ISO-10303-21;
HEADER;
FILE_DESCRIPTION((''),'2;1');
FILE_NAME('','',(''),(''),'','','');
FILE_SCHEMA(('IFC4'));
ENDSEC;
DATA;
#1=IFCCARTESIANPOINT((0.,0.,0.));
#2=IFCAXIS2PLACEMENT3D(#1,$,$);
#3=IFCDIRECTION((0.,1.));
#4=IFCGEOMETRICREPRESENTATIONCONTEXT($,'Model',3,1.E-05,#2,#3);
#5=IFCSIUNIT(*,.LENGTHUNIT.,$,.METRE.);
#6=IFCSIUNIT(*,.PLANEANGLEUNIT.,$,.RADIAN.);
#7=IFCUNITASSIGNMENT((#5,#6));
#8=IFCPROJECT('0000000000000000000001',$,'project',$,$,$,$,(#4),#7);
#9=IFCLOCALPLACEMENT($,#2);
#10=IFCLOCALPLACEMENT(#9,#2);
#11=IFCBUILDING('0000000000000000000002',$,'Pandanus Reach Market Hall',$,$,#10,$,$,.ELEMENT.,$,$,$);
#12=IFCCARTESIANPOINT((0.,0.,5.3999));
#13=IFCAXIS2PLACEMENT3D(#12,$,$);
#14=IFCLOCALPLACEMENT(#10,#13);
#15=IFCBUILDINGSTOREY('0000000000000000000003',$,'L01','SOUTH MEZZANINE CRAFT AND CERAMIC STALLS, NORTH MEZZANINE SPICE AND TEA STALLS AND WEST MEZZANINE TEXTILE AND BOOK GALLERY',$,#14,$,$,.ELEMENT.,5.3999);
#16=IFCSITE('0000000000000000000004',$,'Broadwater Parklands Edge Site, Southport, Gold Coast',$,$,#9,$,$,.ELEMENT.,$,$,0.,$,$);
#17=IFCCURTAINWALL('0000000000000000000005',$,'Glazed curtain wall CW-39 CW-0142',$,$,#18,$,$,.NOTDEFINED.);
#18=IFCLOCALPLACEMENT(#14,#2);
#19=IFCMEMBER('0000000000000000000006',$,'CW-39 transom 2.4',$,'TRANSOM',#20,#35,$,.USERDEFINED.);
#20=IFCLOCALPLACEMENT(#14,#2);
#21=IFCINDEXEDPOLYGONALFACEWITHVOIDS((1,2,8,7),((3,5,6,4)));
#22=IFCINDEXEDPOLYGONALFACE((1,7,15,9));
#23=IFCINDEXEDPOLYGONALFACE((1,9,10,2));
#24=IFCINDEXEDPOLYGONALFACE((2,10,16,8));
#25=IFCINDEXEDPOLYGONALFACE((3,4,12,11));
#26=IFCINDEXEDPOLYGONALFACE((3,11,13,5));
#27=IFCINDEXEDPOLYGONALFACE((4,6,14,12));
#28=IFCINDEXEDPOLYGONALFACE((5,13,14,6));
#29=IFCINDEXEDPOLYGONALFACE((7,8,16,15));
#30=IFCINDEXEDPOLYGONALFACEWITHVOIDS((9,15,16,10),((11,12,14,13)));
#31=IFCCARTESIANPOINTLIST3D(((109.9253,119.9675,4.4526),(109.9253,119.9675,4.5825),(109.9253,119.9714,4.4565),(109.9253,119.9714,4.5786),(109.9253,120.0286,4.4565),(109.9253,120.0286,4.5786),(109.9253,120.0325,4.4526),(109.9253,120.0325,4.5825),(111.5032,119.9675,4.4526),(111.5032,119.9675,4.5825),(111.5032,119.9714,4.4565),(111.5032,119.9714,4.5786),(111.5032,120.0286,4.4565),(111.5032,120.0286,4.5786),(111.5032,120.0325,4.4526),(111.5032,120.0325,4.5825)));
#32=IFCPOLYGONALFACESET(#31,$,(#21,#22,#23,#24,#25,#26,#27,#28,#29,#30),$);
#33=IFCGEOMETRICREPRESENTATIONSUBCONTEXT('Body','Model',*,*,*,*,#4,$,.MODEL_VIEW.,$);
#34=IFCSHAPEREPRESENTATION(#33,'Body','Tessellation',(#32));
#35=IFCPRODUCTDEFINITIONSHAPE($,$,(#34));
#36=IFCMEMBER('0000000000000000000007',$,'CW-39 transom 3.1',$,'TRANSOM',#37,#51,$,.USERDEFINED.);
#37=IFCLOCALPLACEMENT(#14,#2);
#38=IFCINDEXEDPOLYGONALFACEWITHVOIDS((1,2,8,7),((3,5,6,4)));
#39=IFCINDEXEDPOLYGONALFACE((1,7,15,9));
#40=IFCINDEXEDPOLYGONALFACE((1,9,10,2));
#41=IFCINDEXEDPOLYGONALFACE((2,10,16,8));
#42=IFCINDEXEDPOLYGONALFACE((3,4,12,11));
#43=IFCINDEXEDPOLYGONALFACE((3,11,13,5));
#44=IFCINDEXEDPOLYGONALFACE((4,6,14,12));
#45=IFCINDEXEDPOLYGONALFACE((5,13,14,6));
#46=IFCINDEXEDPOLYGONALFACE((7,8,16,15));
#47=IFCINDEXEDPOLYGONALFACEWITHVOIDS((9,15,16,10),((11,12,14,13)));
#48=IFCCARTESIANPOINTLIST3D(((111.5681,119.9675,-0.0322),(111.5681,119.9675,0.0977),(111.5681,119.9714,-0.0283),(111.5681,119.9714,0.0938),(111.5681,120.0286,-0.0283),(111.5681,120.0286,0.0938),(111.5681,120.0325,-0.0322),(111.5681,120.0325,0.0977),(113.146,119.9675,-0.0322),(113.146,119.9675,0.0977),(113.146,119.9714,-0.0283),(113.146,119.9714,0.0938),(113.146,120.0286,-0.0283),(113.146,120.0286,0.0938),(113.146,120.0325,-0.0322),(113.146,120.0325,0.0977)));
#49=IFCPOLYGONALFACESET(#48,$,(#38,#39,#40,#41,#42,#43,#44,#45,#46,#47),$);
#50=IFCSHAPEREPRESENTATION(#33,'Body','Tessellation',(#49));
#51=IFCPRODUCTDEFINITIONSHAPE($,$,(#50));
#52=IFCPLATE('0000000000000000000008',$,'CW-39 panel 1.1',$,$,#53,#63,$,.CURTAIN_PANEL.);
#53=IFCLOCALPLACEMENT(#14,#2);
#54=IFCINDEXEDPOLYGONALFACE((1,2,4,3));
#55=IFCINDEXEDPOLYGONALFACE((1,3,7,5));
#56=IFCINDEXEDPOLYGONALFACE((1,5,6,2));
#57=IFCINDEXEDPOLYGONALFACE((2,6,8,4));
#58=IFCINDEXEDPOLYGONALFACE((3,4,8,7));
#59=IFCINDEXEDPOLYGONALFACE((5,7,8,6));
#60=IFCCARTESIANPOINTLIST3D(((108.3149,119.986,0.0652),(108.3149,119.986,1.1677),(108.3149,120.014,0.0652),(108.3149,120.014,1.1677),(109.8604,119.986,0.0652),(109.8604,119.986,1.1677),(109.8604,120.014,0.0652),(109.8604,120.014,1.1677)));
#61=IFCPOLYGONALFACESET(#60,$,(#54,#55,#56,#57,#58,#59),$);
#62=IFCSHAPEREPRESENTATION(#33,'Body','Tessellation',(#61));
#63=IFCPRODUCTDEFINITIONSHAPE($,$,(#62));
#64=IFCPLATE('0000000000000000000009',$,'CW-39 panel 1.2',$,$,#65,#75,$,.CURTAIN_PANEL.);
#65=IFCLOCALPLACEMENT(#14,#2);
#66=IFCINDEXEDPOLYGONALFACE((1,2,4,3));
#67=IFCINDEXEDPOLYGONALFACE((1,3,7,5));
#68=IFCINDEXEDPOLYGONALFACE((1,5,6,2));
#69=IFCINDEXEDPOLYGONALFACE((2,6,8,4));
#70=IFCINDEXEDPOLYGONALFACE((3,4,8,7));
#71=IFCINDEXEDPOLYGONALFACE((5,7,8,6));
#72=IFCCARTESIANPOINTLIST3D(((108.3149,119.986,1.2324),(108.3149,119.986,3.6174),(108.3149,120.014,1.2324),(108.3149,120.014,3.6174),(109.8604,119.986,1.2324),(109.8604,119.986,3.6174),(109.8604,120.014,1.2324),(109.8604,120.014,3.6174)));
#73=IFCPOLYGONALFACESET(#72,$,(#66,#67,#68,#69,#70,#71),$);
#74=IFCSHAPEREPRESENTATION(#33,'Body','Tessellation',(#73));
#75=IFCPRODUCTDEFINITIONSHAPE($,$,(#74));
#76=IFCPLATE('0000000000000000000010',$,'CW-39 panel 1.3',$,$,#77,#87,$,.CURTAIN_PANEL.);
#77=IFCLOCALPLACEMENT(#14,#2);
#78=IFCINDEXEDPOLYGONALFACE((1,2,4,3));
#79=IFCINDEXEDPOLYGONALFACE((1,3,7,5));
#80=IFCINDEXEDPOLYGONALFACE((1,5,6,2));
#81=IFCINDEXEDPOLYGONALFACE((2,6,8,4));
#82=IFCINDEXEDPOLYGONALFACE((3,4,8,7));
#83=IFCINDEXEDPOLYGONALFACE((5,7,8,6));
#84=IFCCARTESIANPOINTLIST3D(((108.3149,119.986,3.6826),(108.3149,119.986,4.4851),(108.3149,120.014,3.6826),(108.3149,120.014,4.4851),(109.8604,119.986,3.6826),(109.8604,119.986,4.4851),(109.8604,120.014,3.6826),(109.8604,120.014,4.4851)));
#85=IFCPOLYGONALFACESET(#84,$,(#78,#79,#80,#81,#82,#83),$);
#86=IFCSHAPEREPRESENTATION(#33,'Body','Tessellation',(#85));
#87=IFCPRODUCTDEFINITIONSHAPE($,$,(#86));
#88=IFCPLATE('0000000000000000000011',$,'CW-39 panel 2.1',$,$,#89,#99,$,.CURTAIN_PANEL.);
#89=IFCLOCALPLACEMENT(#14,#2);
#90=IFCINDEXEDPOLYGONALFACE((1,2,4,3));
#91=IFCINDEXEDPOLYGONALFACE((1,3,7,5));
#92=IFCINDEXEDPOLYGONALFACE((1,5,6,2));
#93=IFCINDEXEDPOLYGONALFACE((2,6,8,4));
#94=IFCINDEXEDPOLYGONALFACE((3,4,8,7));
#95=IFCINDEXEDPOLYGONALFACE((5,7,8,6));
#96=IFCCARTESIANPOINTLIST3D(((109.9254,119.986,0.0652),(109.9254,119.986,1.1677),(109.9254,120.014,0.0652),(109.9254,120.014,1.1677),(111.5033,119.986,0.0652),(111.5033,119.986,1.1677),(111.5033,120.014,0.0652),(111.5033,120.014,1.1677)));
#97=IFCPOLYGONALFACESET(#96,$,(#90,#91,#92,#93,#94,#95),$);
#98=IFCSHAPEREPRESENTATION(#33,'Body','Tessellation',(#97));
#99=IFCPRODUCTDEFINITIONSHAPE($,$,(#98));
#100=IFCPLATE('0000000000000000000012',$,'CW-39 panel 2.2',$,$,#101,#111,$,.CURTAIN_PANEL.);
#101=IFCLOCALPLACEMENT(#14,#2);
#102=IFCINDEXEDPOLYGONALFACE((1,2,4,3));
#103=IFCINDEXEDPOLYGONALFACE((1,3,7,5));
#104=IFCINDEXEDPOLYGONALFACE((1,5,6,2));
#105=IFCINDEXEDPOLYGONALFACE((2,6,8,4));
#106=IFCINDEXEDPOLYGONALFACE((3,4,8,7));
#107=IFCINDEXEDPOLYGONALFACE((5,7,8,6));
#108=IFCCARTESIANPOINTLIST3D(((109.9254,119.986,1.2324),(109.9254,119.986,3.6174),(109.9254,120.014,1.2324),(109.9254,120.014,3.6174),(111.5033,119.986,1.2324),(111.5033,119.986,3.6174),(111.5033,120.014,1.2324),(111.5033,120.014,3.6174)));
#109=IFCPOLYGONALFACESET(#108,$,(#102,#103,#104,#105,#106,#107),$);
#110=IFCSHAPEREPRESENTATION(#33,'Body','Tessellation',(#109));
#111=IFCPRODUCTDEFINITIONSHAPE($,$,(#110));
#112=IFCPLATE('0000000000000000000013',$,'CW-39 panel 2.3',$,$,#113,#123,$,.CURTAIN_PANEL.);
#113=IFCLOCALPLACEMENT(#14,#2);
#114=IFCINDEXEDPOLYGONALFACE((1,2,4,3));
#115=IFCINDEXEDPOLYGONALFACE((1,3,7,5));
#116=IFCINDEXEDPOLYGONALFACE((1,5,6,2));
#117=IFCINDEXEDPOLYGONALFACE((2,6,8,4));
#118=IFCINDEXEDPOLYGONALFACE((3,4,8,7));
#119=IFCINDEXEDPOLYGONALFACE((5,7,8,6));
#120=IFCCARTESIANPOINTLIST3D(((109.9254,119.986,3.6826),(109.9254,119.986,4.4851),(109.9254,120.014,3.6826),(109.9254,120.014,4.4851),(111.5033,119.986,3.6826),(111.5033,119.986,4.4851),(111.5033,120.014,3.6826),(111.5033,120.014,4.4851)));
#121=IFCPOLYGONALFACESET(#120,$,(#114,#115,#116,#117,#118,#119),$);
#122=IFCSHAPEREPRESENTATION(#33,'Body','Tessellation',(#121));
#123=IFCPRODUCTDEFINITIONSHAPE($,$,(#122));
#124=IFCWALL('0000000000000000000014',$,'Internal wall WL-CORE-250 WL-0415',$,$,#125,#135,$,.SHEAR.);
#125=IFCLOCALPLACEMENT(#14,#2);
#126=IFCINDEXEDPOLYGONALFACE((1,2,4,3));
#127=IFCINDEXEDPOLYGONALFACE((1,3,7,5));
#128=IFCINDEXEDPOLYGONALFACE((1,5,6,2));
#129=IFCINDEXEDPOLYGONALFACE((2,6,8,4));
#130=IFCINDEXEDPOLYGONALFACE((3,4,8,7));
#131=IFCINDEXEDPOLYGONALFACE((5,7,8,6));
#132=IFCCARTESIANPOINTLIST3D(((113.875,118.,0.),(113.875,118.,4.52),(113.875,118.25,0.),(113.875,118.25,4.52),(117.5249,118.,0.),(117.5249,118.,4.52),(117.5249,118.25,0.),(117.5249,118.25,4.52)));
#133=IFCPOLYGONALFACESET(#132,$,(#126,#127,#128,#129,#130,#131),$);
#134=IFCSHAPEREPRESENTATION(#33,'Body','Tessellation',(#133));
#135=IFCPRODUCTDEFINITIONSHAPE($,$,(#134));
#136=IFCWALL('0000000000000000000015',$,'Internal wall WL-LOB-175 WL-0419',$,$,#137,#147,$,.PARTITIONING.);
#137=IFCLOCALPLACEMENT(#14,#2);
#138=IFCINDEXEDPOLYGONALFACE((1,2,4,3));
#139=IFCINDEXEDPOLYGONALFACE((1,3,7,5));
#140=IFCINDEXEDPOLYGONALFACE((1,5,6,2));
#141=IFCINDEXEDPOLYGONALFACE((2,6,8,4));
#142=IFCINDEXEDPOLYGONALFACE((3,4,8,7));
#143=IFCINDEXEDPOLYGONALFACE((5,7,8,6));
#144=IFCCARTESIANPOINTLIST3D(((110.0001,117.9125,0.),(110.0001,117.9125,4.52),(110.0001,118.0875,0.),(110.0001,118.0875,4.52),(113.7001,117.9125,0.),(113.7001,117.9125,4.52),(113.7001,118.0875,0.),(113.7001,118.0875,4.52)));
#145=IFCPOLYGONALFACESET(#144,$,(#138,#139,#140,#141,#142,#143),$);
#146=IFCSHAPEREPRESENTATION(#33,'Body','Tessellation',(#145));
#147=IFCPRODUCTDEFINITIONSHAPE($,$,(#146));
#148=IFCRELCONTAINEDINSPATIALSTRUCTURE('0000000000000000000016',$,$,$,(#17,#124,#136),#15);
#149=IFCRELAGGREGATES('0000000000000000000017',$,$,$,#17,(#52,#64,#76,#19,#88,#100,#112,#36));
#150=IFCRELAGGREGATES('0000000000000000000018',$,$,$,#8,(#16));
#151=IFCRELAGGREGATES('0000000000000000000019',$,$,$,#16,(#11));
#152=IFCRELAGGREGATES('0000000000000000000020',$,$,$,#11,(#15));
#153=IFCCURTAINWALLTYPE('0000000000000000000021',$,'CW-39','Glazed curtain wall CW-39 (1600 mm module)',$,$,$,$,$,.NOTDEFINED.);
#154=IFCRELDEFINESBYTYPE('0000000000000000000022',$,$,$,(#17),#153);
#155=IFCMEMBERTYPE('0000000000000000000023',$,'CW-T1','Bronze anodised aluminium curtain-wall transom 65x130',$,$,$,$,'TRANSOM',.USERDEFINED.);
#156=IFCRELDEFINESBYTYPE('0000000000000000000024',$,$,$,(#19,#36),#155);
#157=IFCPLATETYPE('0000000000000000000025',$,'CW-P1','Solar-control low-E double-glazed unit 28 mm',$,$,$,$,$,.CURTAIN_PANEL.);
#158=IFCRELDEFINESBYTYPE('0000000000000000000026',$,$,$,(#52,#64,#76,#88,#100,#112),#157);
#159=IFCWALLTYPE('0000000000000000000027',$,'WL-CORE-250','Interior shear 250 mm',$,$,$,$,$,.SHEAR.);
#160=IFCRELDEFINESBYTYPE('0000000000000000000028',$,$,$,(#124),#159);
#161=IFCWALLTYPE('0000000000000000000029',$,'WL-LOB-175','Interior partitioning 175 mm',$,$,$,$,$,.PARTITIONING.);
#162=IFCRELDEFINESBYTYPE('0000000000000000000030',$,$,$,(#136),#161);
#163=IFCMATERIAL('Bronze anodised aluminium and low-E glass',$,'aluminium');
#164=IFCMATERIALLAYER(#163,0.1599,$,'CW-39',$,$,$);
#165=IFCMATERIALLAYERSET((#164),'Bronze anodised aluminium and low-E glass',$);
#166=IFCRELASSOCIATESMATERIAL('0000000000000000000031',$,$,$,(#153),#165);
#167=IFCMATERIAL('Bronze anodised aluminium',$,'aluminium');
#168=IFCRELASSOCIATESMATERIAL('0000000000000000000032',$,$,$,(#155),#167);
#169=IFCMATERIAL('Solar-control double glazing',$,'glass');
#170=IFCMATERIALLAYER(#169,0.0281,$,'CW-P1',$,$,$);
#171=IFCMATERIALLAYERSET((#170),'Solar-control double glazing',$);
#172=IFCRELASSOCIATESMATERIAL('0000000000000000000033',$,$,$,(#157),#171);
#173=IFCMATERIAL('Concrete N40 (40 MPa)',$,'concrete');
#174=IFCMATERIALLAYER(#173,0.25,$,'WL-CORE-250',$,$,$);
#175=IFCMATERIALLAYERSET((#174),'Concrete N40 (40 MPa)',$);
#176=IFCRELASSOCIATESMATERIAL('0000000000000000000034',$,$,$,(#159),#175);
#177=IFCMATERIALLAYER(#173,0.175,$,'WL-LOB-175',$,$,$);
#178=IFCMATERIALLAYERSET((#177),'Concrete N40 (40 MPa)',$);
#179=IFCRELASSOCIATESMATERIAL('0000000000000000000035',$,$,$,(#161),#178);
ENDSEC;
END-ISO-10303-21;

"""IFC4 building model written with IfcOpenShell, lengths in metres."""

from ifc_helpers import new_model, si_unit, direction, frame, frame_2d, origin, origin_2d, place, context, subcontext, project, spatial, rectangle, hollow_rectangle, extrude, material, layer, layer_set, material_profile, profile_set, type_object, element, aggregate, save


model = new_model("IFC4")

# Units and contexts
model_context = context("Model", 3, precision=1e-05, world=origin(), true_north=direction((0.0, 1.0)))
body_context = subcontext(model_context, "Body", "Model", "MODEL_VIEW")
ifc_project = project(units=[si_unit("LENGTHUNIT", "METRE"), si_unit("PLANEANGLEUNIT", "RADIAN")], contexts=[model_context])

# Site, building, storey
site_placement = place(None, origin())
site = spatial("IfcSite", under=ifc_project, at=site_placement, Name="Broadwater Parklands Edge Site, Southport, Gold Coast", CompositionType="ELEMENT", RefElevation=0.0)
building_placement = place(site_placement, origin())
building = spatial("IfcBuilding", under=site, at=building_placement, Name="Pandanus Reach Market Hall", CompositionType="ELEMENT")
storey_placement = place(building_placement, frame((0.0, 0.0, 5.3999)))
storey = spatial("IfcBuildingStorey", under=building, at=storey_placement, Name="L01", Description="SOUTH MEZZANINE CRAFT AND CERAMIC STALLS, NORTH MEZZANINE SPICE AND TEA STALLS AND WEST MEZZANINE TEXTILE AND BOOK GALLERY", CompositionType="ELEMENT", Elevation=5.3999)

# Shared definitions
ifc_material_1 = material(Name="Concrete N40 (40 MPa)", Category="concrete")

# Curtain wall, members, plates
ifc_material_2 = material(Name="Bronze anodised aluminium and low-E glass", Category="aluminium")
ifc_layer_1 = layer(ifc_material_2, 0.1599, Name="CW-39")
ifc_layer_set_1 = layer_set([ifc_layer_1], Name="Bronze anodised aluminium and low-E glass")
curtain_wall_type = type_object("IfcCurtainWallType", Name="CW-39", Description="Glazed curtain wall CW-39 (1600 mm module)", PredefinedType="NOTDEFINED", material=ifc_layer_set_1)
curtain_wall_placement = place(storey_placement, origin())
curtain_wall = element("IfcCurtainWall", 1, at=curtain_wall_placement, inside=storey, type_object=curtain_wall_type, Name="Glazed curtain wall CW-39 CW-0142", PredefinedType="NOTDEFINED")
ifc_material_3 = material(Name="Bronze anodised aluminium", Category="aluminium")
ifc_material_profile_1 = material_profile(ifc_material_3, hollow_rectangle(XDim=0.0649, YDim=0.1299, WallThickness=0.0039, at=origin_2d()), Name="ALU65x130", Category="LoadBearing")
ifc_profile_set_1 = profile_set([ifc_material_profile_1], Name="Bronze anodised aluminium")
member_type_1 = type_object("IfcMemberType", Name="CW-T1", Description="Bronze anodised aluminium curtain-wall transom 65x130", ElementType="TRANSOM", PredefinedType="USERDEFINED", material=ifc_profile_set_1)
member_1_placement = place(storey_placement, frame((109.9253, 120.0, 4.5176), z_axis=(1.0, 0.0, 0.0), x_axis=(0.0, 1.0, 0.0)))
member_1 = element("IfcMember", 2, at=member_1_placement, type_object=member_type_1, Name="CW-39 transom 2.4", ObjectType="TRANSOM", PredefinedType="USERDEFINED", context=body_context, shape_type="SweptSolid", body=[
    extrude(hollow_rectangle(XDim=0.0649, YDim=0.1299, WallThickness=0.0039, at=origin_2d()), origin(), (0.0, 0.0, 1.0), 1.5779),
])
member_2_placement = place(storey_placement, frame((111.5681, 120.0, 0.0327), z_axis=(1.0, 0.0, 0.0), x_axis=(0.0, 1.0, 0.0)))
member_2 = element("IfcMember", 3, at=member_2_placement, type_object=member_type_1, Name="CW-39 transom 3.1", ObjectType="TRANSOM", PredefinedType="USERDEFINED", context=body_context, shape_type="SweptSolid", body=[
    extrude(hollow_rectangle(XDim=0.0649, YDim=0.1299, WallThickness=0.0039, at=origin_2d()), origin(), (0.0, 0.0, 1.0), 1.5779),
])
ifc_material_4 = material(Name="Solar-control double glazing", Category="glass")
ifc_layer_2 = layer(ifc_material_4, 0.0281, Name="CW-P1")
ifc_layer_set_2 = layer_set([ifc_layer_2], Name="Solar-control double glazing")
plate_type = type_object("IfcPlateType", Name="CW-P1", Description="Solar-control low-E double-glazed unit 28 mm", PredefinedType="CURTAIN_PANEL", material=ifc_layer_set_2)
plate_1_placement = place(storey_placement, frame((109.0876, 120.0, 0.0652), z_axis=(0.0, 0.0, 1.0), x_axis=(1.0, 0.0, 0.0)))
plate_1 = element("IfcPlate", 4, at=plate_1_placement, type_object=plate_type, Name="CW-39 panel 1.1", PredefinedType="CURTAIN_PANEL", context=body_context, shape_type="SweptSolid", body=[
    extrude(rectangle(XDim=1.5454, YDim=0.0281, at=origin_2d()), origin(), (0.0, 0.0, 1.0), 1.1025),
])
plate_2_placement = place(storey_placement, frame((109.0876, 120.0, 1.2324), z_axis=(0.0, 0.0, 1.0), x_axis=(1.0, 0.0, 0.0)))
plate_2 = element("IfcPlate", 5, at=plate_2_placement, type_object=plate_type, Name="CW-39 panel 1.2", PredefinedType="CURTAIN_PANEL", context=body_context, shape_type="SweptSolid", body=[
    extrude(rectangle(XDim=1.5454, YDim=0.0281, at=origin_2d()), origin(), (0.0, 0.0, 1.0), 2.385),
])
plate_3_placement = place(storey_placement, frame((109.0876, 120.0, 3.6826), z_axis=(0.0, 0.0, 1.0), x_axis=(1.0, 0.0, 0.0)))
plate_3 = element("IfcPlate", 6, at=plate_3_placement, type_object=plate_type, Name="CW-39 panel 1.3", PredefinedType="CURTAIN_PANEL", context=body_context, shape_type="SweptSolid", body=[
    extrude(rectangle(XDim=1.5454, YDim=0.0281, at=origin_2d()), origin(), (0.0, 0.0, 1.0), 0.8025),
])
plate_4_placement = place(storey_placement, frame((110.7144, 120.0, 0.0652), z_axis=(0.0, 0.0, 1.0), x_axis=(1.0, 0.0, 0.0)))
plate_4 = element("IfcPlate", 7, at=plate_4_placement, type_object=plate_type, Name="CW-39 panel 2.1", PredefinedType="CURTAIN_PANEL", context=body_context, shape_type="SweptSolid", body=[
    extrude(rectangle(XDim=1.5779, YDim=0.0281, at=origin_2d()), origin(), (0.0, 0.0, 1.0), 1.1025),
])
plate_5_placement = place(storey_placement, frame((110.7144, 120.0, 1.2324), z_axis=(0.0, 0.0, 1.0), x_axis=(1.0, 0.0, 0.0)))
plate_5 = element("IfcPlate", 8, at=plate_5_placement, type_object=plate_type, Name="CW-39 panel 2.2", PredefinedType="CURTAIN_PANEL", context=body_context, shape_type="SweptSolid", body=[
    extrude(rectangle(XDim=1.5779, YDim=0.0281, at=origin_2d()), origin(), (0.0, 0.0, 1.0), 2.385),
])
plate_6_placement = place(storey_placement, frame((110.7144, 120.0, 3.6826), z_axis=(0.0, 0.0, 1.0), x_axis=(1.0, 0.0, 0.0)))
plate_6 = element("IfcPlate", 9, at=plate_6_placement, type_object=plate_type, Name="CW-39 panel 2.3", PredefinedType="CURTAIN_PANEL", context=body_context, shape_type="SweptSolid", body=[
    extrude(rectangle(XDim=1.5779, YDim=0.0281, at=origin_2d()), origin(), (0.0, 0.0, 1.0), 0.8025),
])
aggregate(curtain_wall, [plate_1, plate_2, plate_3, member_1, plate_4, plate_5, plate_6, member_2])

# Walls
ifc_layer_3 = layer(ifc_material_1, 0.25, Name="WL-CORE-250")
ifc_layer_set_3 = layer_set([ifc_layer_3], Name="Concrete N40 (40 MPa)")
wall_type_1 = type_object("IfcWallType", Name="WL-CORE-250", Description="Interior shear 250 mm", PredefinedType="SHEAR", material=ifc_layer_set_3)
wall_1_placement = place(storey_placement, frame((113.875, 118.125, 0.0), z_axis=(0.0, 0.0, 1.0), x_axis=(1.0, 0.0, 0.0)))
element("IfcWall", 10, at=wall_1_placement, inside=storey, type_object=wall_type_1, Name="Internal wall WL-CORE-250 WL-0415", PredefinedType="SHEAR", context=body_context, shape_type="SweptSolid", body=[
    extrude(rectangle(XDim=3.6499, YDim=0.25, at=frame_2d((1.825, 0.0))), origin(), (0.0, 0.0, 1.0), 4.52),
])
ifc_layer_4 = layer(ifc_material_1, 0.175, Name="WL-LOB-175")
ifc_layer_set_4 = layer_set([ifc_layer_4], Name="Concrete N40 (40 MPa)")
wall_type_2 = type_object("IfcWallType", Name="WL-LOB-175", Description="Interior partitioning 175 mm", PredefinedType="PARTITIONING", material=ifc_layer_set_4)
wall_2_placement = place(storey_placement, frame((110.0, 118.0, 0.0), z_axis=(0.0, 0.0, 1.0), x_axis=(1.0, 0.0, 0.0)))
element("IfcWall", 11, at=wall_2_placement, inside=storey, type_object=wall_type_2, Name="Internal wall WL-LOB-175 WL-0419", PredefinedType="PARTITIONING", context=body_context, shape_type="SweptSolid", body=[
    extrude(rectangle(XDim=3.7, YDim=0.175, at=frame_2d((1.8501, 0.0))), origin(), (0.0, 0.0, 1.0), 4.52),
])

save(model, "model.ifc")
